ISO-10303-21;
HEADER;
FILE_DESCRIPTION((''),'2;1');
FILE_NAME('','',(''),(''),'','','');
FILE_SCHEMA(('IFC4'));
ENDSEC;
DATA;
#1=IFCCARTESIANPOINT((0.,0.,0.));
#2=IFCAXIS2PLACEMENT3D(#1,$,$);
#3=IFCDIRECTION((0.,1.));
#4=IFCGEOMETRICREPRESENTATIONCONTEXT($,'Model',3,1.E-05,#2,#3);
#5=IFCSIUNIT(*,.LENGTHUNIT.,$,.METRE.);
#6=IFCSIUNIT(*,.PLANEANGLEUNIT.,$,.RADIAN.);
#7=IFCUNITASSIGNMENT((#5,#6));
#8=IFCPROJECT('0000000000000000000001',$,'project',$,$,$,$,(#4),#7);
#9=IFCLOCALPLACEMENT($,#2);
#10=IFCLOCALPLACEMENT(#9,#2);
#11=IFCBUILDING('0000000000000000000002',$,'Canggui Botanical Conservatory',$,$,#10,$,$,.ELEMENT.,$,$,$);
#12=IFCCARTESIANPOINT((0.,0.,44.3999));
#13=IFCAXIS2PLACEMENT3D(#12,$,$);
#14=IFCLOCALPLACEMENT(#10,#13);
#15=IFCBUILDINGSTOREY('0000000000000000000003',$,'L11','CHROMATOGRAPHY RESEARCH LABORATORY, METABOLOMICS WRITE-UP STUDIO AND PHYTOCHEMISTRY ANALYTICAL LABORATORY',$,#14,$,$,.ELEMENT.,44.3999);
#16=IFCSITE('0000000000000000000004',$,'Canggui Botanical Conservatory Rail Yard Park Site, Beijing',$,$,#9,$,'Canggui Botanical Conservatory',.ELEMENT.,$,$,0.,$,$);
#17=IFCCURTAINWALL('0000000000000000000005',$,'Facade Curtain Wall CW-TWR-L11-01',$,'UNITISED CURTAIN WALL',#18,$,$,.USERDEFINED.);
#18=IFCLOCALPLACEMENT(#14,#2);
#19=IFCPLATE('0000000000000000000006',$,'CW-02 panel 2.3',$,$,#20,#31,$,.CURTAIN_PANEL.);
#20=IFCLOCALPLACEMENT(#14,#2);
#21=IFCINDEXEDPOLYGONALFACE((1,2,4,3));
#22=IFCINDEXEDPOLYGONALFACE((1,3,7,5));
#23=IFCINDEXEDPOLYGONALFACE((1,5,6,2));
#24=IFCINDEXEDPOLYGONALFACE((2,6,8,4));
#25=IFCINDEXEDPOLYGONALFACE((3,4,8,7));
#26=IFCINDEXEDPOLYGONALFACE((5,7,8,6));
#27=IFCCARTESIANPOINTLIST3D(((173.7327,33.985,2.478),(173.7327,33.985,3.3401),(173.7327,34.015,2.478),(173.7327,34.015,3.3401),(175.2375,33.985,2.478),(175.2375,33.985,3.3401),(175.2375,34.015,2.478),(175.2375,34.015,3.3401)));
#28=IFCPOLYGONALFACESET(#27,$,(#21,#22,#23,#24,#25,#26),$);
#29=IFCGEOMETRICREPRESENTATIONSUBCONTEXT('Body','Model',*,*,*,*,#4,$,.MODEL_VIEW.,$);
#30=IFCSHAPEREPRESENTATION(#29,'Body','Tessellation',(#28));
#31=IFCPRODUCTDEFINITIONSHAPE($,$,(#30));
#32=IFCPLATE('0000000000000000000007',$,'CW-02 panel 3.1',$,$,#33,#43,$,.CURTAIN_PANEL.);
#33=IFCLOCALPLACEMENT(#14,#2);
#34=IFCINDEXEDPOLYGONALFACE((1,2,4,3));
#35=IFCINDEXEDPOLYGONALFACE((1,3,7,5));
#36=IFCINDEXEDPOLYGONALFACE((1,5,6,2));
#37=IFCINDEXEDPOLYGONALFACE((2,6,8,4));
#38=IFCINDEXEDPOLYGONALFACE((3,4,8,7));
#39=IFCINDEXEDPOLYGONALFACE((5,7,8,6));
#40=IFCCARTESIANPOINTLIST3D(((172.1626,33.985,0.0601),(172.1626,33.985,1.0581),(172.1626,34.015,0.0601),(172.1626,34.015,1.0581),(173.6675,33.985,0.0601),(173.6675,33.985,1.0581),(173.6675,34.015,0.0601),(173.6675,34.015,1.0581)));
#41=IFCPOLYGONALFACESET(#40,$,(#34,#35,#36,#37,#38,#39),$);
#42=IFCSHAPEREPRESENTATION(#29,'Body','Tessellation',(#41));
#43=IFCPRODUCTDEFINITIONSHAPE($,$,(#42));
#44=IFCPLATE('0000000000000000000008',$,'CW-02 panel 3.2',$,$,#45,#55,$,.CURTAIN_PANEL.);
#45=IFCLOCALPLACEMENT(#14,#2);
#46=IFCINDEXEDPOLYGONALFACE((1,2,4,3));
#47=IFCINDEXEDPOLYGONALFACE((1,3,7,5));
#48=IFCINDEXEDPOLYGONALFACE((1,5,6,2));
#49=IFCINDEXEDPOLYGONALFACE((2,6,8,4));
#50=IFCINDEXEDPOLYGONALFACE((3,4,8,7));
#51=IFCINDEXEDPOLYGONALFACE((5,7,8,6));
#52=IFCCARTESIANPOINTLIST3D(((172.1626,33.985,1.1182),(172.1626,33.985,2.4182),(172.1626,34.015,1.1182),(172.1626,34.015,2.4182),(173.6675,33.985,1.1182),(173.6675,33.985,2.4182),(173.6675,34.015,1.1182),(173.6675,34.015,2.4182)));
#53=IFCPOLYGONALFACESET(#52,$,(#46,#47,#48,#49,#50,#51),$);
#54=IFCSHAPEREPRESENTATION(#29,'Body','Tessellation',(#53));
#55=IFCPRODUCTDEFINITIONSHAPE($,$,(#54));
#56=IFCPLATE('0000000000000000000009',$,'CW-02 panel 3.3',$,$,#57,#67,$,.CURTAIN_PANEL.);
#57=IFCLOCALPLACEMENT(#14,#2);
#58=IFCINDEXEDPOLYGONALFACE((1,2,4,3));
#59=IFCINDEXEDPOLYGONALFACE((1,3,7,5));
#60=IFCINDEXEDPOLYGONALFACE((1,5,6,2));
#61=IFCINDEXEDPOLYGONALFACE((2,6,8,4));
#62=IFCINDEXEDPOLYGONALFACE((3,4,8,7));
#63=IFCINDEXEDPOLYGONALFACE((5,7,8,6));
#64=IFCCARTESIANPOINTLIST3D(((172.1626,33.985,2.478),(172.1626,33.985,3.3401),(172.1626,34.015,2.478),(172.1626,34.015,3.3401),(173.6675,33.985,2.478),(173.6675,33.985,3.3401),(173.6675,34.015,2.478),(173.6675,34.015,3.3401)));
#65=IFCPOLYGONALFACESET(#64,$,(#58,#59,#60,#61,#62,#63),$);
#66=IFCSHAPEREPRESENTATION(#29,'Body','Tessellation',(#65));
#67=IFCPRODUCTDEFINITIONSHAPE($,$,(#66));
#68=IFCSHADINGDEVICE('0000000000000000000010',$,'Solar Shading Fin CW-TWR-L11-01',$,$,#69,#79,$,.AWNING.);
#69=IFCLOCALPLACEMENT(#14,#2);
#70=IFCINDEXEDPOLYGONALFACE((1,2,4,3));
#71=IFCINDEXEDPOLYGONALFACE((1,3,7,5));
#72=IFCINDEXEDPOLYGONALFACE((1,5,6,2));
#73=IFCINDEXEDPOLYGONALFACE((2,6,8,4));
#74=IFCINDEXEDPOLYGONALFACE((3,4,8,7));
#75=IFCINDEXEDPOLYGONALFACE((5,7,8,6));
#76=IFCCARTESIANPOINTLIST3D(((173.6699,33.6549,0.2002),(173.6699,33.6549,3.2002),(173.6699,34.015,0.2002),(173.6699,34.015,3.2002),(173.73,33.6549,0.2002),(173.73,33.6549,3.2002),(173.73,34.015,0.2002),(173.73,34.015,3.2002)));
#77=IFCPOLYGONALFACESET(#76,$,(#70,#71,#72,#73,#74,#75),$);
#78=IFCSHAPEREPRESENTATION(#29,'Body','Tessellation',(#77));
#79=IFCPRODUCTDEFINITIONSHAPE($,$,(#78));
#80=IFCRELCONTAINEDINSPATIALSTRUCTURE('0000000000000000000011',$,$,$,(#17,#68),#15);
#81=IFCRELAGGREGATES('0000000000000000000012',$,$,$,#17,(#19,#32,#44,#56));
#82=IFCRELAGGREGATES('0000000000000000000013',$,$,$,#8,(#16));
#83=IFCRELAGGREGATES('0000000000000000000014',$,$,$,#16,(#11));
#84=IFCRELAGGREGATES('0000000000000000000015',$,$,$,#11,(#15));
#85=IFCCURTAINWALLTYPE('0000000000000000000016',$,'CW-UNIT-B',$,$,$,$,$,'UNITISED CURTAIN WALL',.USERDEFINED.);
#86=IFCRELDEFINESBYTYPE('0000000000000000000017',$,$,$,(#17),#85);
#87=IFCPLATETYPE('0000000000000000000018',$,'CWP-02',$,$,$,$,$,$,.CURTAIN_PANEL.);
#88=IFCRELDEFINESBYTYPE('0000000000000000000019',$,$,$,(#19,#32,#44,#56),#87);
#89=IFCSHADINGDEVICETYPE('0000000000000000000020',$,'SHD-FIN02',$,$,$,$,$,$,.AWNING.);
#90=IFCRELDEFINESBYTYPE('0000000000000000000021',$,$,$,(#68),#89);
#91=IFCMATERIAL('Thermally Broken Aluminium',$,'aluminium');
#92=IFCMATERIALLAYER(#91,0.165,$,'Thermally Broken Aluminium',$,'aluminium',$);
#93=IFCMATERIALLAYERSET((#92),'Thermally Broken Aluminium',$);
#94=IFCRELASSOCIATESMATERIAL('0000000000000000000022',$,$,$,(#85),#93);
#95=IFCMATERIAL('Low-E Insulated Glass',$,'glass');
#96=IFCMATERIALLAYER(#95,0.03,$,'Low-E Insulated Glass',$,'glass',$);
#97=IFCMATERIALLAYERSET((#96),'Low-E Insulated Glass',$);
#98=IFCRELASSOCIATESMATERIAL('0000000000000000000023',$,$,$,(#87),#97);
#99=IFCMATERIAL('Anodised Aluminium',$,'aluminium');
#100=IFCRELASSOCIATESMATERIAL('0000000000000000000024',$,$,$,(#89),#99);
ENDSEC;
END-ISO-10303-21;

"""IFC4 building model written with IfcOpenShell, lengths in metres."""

from ifc_helpers import new_model, si_unit, direction, frame, origin, origin_2d, place, context, subcontext, project, spatial, rectangle, extrude, material, layer, layer_set, type_object, element, aggregate, save


model = new_model("IFC4")

# Units and contexts
model_context = context("Model", 3, precision=1e-05, world=origin(), true_north=direction((0.0, 1.0)))
body_context = subcontext(model_context, "Body", "Model", "MODEL_VIEW")
ifc_project = project(units=[si_unit("LENGTHUNIT", "METRE"), si_unit("PLANEANGLEUNIT", "RADIAN")], contexts=[model_context])

# Site, building, storey
site_placement = place(None, origin())
site = spatial("IfcSite", under=ifc_project, at=site_placement, Name="Canggui Botanical Conservatory Rail Yard Park Site, Beijing", LongName="Canggui Botanical Conservatory", CompositionType="ELEMENT", RefElevation=0.0)
building_placement = place(site_placement, origin())
building = spatial("IfcBuilding", under=site, at=building_placement, Name="Canggui Botanical Conservatory", CompositionType="ELEMENT")
storey_placement = place(building_placement, frame((0.0, 0.0, 44.3999)))
storey = spatial("IfcBuildingStorey", under=building, at=storey_placement, Name="L11", Description="CHROMATOGRAPHY RESEARCH LABORATORY, METABOLOMICS WRITE-UP STUDIO AND PHYTOCHEMISTRY ANALYTICAL LABORATORY", CompositionType="ELEMENT", Elevation=44.3999)

# Curtain wall, plates
ifc_material_1 = material(Name="Thermally Broken Aluminium", Category="aluminium")
ifc_layer_1 = layer(ifc_material_1, 0.165, Name="Thermally Broken Aluminium", Category="aluminium")
ifc_layer_set_1 = layer_set([ifc_layer_1], Name="Thermally Broken Aluminium")
curtain_wall_type = type_object("IfcCurtainWallType", Name="CW-UNIT-B", ElementType="UNITISED CURTAIN WALL", PredefinedType="USERDEFINED", material=ifc_layer_set_1)
curtain_wall_placement = place(storey_placement, origin())
curtain_wall = element("IfcCurtainWall", 1, at=curtain_wall_placement, inside=storey, type_object=curtain_wall_type, Name="Facade Curtain Wall CW-TWR-L11-01", ObjectType="UNITISED CURTAIN WALL", PredefinedType="USERDEFINED")
ifc_material_2 = material(Name="Low-E Insulated Glass", Category="glass")
ifc_layer_2 = layer(ifc_material_2, 0.03, Name="Low-E Insulated Glass", Category="glass")
ifc_layer_set_2 = layer_set([ifc_layer_2], Name="Low-E Insulated Glass")
plate_type = type_object("IfcPlateType", Name="CWP-02", PredefinedType="CURTAIN_PANEL", material=ifc_layer_set_2)
plate_1_placement = place(storey_placement, frame((174.4851, 34.0, 2.478), z_axis=(0.0, 0.0, 1.0), x_axis=(-1.0, 0.0, 0.0)))
plate_1 = element("IfcPlate", 2, at=plate_1_placement, type_object=plate_type, Name="CW-02 panel 2.3", PredefinedType="CURTAIN_PANEL", context=body_context, shape_type="SweptSolid", body=[
    extrude(rectangle(XDim=1.5049, YDim=0.03, at=origin_2d()), origin(), (0.0, 0.0, 1.0), 0.8621),
])
plate_2_placement = place(storey_placement, frame((172.915, 34.0, 0.0601), z_axis=(0.0, 0.0, 1.0), x_axis=(-1.0, 0.0, 0.0)))
plate_2 = element("IfcPlate", 3, at=plate_2_placement, type_object=plate_type, Name="CW-02 panel 3.1", PredefinedType="CURTAIN_PANEL", context=body_context, shape_type="SweptSolid", body=[
    extrude(rectangle(XDim=1.5049, YDim=0.03, at=origin_2d()), origin(), (0.0, 0.0, 1.0), 0.998),
])
plate_3_placement = place(storey_placement, frame((172.915, 34.0, 1.1182), z_axis=(0.0, 0.0, 1.0), x_axis=(-1.0, 0.0, 0.0)))
plate_3 = element("IfcPlate", 4, at=plate_3_placement, type_object=plate_type, Name="CW-02 panel 3.2", PredefinedType="CURTAIN_PANEL", context=body_context, shape_type="SweptSolid", body=[
    extrude(rectangle(XDim=1.5049, YDim=0.03, at=origin_2d()), origin(), (0.0, 0.0, 1.0), 1.3),
])
plate_4_placement = place(storey_placement, frame((172.915, 34.0, 2.478), z_axis=(0.0, 0.0, 1.0), x_axis=(-1.0, 0.0, 0.0)))
plate_4 = element("IfcPlate", 5, at=plate_4_placement, type_object=plate_type, Name="CW-02 panel 3.3", PredefinedType="CURTAIN_PANEL", context=body_context, shape_type="SweptSolid", body=[
    extrude(rectangle(XDim=1.5049, YDim=0.03, at=origin_2d()), origin(), (0.0, 0.0, 1.0), 0.8621),
])
aggregate(curtain_wall, [plate_1, plate_2, plate_3, plate_4])

# Shading device
ifc_material_3 = material(Name="Anodised Aluminium", Category="aluminium")
shading_device_type = type_object("IfcShadingDeviceType", Name="SHD-FIN02", PredefinedType="AWNING", material=ifc_material_3)
shading_device_placement = place(storey_placement, frame((173.7, 33.835, 0.2002), z_axis=(0.0, 0.0, 1.0), x_axis=(-1.0, 0.0, 0.0)))
element("IfcShadingDevice", 6, at=shading_device_placement, inside=storey, type_object=shading_device_type, Name="Solar Shading Fin CW-TWR-L11-01", PredefinedType="AWNING", context=body_context, shape_type="SweptSolid", body=[
    extrude(rectangle(XDim=0.0601, YDim=0.3601, at=origin_2d()), origin(), (0.0, 0.0, 1.0), 3.0),
])

save(model, "model.ifc")
